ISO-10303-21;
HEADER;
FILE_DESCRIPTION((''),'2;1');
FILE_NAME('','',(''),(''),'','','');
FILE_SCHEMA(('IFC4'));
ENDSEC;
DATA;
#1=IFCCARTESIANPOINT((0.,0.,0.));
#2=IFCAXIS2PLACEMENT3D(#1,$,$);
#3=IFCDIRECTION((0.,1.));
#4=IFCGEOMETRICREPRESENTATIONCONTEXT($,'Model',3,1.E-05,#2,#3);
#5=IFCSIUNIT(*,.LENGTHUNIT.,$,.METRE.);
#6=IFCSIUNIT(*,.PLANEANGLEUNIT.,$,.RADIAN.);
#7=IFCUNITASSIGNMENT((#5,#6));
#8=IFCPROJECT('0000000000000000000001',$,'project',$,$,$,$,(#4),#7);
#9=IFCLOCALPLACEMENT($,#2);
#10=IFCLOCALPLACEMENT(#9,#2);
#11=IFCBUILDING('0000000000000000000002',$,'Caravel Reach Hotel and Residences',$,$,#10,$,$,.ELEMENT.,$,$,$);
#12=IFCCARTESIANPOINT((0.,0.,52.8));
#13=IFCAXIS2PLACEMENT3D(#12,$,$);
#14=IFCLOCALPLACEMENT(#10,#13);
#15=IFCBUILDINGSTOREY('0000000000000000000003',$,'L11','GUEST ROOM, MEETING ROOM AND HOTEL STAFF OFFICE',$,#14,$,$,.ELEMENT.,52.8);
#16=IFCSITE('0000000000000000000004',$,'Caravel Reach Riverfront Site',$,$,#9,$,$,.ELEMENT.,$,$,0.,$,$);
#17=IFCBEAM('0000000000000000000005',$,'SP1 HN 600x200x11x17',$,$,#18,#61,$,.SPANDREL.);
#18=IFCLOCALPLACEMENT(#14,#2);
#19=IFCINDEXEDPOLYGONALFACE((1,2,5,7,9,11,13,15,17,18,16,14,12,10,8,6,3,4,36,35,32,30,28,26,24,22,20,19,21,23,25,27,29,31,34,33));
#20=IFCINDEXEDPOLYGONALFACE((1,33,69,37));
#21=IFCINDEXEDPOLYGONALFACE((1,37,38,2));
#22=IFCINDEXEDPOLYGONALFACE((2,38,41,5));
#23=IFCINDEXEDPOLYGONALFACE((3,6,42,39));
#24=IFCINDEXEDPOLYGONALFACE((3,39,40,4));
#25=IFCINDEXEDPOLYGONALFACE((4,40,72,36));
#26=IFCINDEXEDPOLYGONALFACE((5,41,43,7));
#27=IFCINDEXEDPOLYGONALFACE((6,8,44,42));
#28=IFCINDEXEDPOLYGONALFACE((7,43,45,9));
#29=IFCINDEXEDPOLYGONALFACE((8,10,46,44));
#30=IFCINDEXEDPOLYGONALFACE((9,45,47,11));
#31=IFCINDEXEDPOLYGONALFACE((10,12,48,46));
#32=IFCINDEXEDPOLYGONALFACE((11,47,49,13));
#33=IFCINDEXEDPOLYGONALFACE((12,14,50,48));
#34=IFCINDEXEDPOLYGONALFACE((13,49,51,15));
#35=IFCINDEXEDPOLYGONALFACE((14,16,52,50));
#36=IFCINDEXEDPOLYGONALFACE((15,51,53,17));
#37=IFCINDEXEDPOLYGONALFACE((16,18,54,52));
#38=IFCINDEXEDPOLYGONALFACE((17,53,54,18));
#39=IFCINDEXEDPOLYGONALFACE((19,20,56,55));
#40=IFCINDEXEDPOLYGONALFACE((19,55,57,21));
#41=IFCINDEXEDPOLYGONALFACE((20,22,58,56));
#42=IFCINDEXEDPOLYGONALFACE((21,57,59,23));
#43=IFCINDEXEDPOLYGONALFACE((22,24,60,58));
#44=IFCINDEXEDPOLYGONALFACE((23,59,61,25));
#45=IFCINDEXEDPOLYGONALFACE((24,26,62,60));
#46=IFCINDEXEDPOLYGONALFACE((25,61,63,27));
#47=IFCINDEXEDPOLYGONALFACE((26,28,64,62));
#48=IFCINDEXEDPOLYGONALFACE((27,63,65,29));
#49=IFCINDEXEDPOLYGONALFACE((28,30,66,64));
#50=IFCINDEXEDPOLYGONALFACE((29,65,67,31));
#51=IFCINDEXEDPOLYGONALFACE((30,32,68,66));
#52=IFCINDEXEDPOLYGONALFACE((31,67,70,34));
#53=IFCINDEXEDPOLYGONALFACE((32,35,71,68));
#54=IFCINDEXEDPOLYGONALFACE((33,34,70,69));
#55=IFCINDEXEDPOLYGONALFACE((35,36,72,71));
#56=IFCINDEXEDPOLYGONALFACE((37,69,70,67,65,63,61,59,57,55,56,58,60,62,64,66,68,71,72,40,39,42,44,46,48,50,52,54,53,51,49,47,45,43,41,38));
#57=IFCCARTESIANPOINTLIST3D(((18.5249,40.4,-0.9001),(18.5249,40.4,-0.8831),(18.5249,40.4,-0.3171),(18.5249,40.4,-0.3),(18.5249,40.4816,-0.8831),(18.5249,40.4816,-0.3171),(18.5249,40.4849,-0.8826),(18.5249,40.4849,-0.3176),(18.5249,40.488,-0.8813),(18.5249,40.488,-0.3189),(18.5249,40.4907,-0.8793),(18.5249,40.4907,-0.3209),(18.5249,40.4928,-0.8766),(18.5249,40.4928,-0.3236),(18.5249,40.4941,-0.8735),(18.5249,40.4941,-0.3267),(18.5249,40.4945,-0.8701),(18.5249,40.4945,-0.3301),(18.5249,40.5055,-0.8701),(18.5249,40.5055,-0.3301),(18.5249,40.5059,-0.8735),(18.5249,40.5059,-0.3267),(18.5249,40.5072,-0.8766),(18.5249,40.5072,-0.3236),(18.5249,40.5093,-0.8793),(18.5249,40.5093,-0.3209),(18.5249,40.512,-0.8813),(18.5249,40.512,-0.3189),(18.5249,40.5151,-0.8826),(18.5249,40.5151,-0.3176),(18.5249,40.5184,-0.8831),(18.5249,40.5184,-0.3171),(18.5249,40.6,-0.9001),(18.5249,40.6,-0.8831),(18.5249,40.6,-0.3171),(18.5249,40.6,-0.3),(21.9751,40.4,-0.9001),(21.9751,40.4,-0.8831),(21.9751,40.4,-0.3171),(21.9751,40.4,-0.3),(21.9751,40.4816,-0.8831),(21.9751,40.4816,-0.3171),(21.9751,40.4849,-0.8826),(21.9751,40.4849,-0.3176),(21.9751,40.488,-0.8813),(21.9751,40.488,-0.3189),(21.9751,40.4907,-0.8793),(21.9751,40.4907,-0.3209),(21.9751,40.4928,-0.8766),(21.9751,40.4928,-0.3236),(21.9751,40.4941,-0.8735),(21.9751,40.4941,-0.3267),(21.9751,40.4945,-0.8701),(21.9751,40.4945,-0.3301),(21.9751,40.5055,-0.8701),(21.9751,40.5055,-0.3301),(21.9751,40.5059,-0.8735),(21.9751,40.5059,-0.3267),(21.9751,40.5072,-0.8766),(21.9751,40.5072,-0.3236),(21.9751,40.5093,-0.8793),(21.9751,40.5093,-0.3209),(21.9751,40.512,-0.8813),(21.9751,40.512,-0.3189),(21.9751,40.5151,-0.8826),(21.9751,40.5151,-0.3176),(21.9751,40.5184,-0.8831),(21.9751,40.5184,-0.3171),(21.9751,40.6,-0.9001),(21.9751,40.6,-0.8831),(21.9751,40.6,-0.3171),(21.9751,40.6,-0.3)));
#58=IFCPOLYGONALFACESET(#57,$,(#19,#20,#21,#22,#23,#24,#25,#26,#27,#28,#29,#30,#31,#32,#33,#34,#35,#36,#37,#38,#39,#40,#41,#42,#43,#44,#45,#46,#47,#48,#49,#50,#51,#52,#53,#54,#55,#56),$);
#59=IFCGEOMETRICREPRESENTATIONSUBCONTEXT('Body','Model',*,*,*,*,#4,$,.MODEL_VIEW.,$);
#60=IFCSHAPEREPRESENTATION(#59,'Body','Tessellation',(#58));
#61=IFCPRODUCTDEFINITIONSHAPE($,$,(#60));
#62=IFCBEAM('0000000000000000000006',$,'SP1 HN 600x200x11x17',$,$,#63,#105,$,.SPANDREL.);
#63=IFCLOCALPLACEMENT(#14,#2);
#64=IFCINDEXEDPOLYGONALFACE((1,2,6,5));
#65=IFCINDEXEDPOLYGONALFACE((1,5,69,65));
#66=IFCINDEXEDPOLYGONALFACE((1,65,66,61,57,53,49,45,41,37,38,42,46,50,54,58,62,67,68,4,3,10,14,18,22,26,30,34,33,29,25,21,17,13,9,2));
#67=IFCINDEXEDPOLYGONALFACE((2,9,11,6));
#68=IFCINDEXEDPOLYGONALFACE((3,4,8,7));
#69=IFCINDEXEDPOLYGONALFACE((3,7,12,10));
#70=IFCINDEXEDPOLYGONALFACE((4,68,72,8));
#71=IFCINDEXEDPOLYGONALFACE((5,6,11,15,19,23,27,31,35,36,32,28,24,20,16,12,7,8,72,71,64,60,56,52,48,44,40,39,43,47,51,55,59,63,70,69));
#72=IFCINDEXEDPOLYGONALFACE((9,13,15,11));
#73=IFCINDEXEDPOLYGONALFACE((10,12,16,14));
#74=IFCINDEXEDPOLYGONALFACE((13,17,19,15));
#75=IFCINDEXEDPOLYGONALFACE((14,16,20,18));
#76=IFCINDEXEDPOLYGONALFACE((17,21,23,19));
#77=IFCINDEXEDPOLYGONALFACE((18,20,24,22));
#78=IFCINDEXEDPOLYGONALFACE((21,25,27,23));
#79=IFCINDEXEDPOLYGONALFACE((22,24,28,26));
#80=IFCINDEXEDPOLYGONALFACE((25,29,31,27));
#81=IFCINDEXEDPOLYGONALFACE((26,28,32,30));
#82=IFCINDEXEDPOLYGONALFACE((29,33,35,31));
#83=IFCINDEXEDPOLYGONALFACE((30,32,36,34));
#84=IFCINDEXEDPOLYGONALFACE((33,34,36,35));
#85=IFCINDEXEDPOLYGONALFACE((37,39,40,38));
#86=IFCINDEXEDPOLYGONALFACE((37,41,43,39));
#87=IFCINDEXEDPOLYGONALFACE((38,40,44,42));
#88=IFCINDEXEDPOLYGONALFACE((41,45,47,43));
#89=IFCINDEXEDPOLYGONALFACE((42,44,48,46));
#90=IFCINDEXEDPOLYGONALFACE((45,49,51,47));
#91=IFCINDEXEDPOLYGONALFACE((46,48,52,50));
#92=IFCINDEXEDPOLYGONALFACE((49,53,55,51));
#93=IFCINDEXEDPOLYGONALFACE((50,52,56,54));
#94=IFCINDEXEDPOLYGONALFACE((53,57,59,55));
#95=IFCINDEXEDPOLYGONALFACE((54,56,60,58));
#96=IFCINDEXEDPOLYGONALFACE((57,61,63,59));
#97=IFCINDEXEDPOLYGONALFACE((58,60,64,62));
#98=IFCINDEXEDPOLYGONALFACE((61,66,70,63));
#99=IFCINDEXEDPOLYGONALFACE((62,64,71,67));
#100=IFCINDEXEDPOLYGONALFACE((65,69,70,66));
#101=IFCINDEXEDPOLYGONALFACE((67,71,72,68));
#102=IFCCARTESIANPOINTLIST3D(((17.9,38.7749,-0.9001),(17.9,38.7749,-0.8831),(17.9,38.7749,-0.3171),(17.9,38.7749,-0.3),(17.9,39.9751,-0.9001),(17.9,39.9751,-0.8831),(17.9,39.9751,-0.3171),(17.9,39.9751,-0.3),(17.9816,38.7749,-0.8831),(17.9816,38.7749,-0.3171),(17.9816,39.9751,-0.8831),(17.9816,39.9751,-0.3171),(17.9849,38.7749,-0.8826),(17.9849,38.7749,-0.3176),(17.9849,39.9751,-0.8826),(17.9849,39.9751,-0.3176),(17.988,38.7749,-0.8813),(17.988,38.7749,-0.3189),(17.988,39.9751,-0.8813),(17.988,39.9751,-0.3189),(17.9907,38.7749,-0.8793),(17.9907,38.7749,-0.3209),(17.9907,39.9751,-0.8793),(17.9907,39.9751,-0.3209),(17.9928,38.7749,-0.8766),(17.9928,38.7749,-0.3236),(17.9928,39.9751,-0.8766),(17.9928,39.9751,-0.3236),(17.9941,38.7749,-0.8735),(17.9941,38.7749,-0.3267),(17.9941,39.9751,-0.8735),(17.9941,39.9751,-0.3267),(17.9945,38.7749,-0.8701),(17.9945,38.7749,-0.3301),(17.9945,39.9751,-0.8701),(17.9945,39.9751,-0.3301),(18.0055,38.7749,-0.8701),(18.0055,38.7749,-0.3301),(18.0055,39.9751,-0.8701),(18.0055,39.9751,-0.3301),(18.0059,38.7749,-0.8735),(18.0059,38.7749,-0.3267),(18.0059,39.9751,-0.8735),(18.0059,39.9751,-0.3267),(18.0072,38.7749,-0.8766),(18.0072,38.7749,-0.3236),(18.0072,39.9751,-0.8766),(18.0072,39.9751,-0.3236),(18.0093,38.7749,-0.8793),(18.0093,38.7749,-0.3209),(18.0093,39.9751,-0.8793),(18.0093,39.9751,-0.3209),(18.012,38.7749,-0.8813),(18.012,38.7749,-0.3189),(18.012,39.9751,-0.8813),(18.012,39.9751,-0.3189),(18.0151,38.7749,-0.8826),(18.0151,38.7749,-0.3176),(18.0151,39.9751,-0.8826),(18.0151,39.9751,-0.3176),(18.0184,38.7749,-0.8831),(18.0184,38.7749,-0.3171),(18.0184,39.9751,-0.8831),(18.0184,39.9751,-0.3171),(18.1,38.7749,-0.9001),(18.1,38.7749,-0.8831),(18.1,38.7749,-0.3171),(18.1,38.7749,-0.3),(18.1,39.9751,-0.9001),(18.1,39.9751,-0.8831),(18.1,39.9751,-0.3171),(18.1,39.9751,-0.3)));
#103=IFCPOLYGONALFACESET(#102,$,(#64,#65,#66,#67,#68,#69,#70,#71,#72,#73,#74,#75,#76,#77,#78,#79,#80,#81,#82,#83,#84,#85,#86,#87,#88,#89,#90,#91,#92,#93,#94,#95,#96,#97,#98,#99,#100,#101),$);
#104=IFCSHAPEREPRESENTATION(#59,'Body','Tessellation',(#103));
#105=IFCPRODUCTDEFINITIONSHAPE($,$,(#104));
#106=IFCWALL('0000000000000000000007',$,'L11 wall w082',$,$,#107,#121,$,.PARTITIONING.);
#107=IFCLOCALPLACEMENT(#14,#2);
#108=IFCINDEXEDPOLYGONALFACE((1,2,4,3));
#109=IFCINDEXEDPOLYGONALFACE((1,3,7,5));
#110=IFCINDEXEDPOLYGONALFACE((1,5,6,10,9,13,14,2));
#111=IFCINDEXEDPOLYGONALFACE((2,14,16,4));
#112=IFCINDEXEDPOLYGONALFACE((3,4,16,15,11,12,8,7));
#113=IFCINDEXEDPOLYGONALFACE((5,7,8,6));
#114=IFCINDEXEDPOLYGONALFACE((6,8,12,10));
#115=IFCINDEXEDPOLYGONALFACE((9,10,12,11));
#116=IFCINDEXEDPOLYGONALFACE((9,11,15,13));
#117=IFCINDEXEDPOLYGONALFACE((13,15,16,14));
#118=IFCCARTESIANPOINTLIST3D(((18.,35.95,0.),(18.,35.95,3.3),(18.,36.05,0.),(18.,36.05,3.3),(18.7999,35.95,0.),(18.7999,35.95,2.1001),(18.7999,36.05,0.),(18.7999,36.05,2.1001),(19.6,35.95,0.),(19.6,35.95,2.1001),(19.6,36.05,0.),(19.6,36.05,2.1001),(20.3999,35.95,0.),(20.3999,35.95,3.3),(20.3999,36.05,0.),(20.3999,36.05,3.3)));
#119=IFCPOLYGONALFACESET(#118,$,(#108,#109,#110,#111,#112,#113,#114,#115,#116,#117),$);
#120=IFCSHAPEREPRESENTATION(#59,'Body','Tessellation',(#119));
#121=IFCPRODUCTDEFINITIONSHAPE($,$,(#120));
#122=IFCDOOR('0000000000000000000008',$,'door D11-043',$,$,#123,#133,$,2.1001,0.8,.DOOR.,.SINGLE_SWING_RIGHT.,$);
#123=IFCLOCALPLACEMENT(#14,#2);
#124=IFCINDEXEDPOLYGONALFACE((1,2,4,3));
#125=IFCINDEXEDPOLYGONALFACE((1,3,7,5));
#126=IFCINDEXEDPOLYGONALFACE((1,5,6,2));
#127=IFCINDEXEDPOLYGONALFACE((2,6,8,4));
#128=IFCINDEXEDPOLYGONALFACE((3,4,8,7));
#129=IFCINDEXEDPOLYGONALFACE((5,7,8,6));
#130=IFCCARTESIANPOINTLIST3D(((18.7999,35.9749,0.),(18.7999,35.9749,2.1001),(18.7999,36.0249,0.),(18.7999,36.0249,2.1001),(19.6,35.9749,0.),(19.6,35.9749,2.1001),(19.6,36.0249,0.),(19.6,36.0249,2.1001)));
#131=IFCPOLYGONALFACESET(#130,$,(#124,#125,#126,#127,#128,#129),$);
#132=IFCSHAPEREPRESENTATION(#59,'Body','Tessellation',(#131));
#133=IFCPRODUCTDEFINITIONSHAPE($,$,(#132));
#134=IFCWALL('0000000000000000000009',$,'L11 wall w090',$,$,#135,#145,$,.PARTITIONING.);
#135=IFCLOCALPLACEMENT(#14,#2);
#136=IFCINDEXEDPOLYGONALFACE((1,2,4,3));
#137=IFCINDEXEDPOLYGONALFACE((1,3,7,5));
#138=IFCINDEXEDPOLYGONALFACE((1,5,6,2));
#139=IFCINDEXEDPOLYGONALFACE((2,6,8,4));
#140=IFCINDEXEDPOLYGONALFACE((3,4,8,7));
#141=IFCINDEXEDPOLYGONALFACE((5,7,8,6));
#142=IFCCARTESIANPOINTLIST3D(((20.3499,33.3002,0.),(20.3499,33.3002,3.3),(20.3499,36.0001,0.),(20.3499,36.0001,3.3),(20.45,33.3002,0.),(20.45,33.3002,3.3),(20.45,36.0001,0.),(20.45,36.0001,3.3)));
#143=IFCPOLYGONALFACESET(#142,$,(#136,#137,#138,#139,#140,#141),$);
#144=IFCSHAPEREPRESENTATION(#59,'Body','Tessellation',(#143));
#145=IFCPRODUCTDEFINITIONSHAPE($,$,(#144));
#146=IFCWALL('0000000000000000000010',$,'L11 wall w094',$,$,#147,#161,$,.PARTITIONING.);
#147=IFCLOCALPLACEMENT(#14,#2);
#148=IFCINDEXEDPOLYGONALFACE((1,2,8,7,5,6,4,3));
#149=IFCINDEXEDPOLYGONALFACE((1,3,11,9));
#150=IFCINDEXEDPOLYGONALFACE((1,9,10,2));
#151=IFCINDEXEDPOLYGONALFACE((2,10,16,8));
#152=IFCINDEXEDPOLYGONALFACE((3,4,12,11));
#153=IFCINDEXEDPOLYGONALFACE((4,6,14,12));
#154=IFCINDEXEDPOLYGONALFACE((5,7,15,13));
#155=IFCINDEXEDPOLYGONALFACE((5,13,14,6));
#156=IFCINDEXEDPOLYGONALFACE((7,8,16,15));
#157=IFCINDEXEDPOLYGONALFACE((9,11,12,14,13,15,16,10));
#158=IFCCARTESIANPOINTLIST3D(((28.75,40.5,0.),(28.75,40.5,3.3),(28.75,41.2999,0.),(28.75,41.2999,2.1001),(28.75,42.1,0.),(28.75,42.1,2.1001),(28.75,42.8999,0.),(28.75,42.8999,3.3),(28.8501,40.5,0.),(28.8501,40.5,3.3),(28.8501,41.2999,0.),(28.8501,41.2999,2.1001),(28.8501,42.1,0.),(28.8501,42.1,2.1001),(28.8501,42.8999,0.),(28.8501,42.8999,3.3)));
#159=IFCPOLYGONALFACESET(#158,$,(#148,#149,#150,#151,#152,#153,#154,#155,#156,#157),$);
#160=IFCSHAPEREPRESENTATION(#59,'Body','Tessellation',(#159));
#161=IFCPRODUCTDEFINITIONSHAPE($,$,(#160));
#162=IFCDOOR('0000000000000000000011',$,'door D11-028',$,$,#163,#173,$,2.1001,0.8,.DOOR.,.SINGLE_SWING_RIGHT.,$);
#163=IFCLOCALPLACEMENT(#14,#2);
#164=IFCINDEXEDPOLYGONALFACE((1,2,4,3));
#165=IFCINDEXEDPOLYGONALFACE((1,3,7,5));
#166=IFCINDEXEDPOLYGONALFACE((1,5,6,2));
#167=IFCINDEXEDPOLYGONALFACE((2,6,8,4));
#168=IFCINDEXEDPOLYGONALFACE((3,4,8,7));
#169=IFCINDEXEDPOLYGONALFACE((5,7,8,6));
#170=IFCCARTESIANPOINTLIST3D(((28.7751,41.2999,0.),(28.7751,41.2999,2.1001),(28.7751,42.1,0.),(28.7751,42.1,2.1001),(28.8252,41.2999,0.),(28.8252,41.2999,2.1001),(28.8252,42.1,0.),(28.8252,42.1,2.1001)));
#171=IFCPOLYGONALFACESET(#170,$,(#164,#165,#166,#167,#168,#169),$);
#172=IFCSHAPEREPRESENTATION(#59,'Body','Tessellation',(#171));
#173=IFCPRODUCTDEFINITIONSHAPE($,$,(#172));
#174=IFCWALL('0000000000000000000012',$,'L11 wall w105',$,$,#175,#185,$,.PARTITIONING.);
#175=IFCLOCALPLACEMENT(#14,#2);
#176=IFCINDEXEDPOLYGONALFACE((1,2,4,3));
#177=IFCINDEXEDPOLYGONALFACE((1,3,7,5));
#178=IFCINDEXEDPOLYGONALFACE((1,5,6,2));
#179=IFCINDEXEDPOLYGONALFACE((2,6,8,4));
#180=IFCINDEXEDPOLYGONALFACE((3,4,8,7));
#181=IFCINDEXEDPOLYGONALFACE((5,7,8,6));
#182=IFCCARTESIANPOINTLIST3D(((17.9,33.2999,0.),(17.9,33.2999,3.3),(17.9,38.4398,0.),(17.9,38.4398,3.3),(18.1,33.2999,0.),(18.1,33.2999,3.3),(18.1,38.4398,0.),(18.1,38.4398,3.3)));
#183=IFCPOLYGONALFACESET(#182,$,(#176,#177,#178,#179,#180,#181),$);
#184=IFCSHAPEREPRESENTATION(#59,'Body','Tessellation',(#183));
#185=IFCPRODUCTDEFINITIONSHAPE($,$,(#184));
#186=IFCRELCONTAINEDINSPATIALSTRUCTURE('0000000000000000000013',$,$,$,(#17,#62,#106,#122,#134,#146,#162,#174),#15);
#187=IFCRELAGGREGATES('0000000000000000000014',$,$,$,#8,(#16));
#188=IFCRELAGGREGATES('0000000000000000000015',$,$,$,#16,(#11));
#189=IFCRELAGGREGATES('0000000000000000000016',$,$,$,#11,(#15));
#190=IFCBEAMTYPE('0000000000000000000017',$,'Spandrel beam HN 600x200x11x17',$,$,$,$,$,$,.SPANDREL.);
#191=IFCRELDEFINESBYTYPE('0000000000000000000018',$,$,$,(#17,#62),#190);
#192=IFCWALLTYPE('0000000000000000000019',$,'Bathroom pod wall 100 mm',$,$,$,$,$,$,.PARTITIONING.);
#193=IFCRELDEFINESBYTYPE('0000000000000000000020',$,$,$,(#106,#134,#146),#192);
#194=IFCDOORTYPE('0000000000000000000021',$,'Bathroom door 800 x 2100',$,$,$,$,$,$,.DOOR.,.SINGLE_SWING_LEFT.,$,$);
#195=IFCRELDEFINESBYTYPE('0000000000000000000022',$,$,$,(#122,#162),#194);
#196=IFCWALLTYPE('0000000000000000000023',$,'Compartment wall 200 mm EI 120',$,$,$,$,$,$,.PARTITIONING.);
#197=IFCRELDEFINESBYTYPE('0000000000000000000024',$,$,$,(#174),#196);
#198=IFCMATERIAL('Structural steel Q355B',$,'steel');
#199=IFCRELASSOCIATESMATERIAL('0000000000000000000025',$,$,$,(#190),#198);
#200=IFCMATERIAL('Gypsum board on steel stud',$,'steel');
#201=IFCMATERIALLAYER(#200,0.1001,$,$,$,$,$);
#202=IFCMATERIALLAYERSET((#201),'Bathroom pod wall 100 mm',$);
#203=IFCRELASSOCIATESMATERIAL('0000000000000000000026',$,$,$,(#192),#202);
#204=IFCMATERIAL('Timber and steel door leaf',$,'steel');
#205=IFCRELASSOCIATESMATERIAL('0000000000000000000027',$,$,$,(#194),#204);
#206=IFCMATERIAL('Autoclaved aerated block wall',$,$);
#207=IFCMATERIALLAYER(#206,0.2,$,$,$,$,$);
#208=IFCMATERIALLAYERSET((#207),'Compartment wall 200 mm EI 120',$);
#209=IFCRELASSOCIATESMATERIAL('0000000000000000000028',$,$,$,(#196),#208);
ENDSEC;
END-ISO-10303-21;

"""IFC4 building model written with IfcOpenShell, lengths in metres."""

from ifc_helpers import new_model, si_unit, direction, frame, frame_2d, origin, origin_2d, place, context, subcontext, project, spatial, rectangle, i_section, extrude, material, layer, layer_set, material_profile, profile_set, type_object, element, fill, save


model = new_model("IFC4")

# Units and contexts
model_context = context("Model", 3, precision=1e-05, world=origin(), true_north=direction((0.0, 1.0)))
body_context = subcontext(model_context, "Body", "Model", "MODEL_VIEW")
ifc_project = project(units=[si_unit("LENGTHUNIT", "METRE"), si_unit("PLANEANGLEUNIT", "RADIAN")], contexts=[model_context])

# Site, building, storey
site_placement = place(None, origin())
site = spatial("IfcSite", under=ifc_project, at=site_placement, Name="Caravel Reach Riverfront Site", CompositionType="ELEMENT", RefElevation=0.0)
building_placement = place(site_placement, origin())
building = spatial("IfcBuilding", under=site, at=building_placement, Name="Caravel Reach Hotel and Residences", CompositionType="ELEMENT")
storey_placement = place(building_placement, frame((0.0, 0.0, 52.8)))
storey = spatial("IfcBuildingStorey", under=building, at=storey_placement, Name="L11", Description="GUEST ROOM, MEETING ROOM AND HOTEL STAFF OFFICE", CompositionType="ELEMENT", Elevation=52.8)

# Beams
ifc_material_1 = material(Name="Structural steel Q355B", Category="steel")
ifc_material_profile_1 = material_profile(ifc_material_1, i_section(OverallWidth=0.2, OverallDepth=0.6001, WebThickness=0.011, FlangeThickness=0.0171, FilletRadius=0.0129, at=origin_2d()), Name="HN 600x200x11x17")
ifc_profile_set_1 = profile_set([ifc_material_profile_1], Name="Structural steel Q355B")
beam_type_1 = type_object("IfcBeamType", Name="Spandrel beam HN 600x200x11x17", PredefinedType="SPANDREL", material=ifc_profile_set_1)
beam_1_placement = place(storey_placement, frame((21.9751, 40.5, -0.6001), z_axis=(-1.0, 0.0, 0.0), x_axis=(0.0, -1.0, 0.0)))
element("IfcBeam", 1, at=beam_1_placement, inside=storey, type_object=beam_type_1, Name="SP1 HN 600x200x11x17", PredefinedType="SPANDREL", context=body_context, shape_type="SweptSolid", body=[
    extrude(i_section(OverallWidth=0.2, OverallDepth=0.6001, WebThickness=0.011, FlangeThickness=0.0171, FilletRadius=0.0129, at=origin_2d()), origin(), (0.0, 0.0, 1.0), 3.4502),
])
beam_2_placement = place(storey_placement, frame((18.0, 39.9751, -0.6001), z_axis=(0.0, -1.0, 0.0), x_axis=(1.0, 0.0, 0.0)))
element("IfcBeam", 2, at=beam_2_placement, inside=storey, type_object=beam_type_1, Name="SP1 HN 600x200x11x17", PredefinedType="SPANDREL", context=body_context, shape_type="SweptSolid", body=[
    extrude(i_section(OverallWidth=0.2, OverallDepth=0.6001, WebThickness=0.011, FlangeThickness=0.0171, FilletRadius=0.0129, at=origin_2d()), origin(), (0.0, 0.0, 1.0), 1.2002),
])

# Wall, opening, door
ifc_material_2 = material(Name="Gypsum board on steel stud", Category="steel")
ifc_layer_1 = layer(ifc_material_2, 0.1001)
ifc_layer_set_1 = layer_set([ifc_layer_1], Name="Bathroom pod wall 100 mm")
wall_type_1 = type_object("IfcWallType", Name="Bathroom pod wall 100 mm", PredefinedType="PARTITIONING", material=ifc_layer_set_1)
wall_1_placement = place(storey_placement, frame((18.0, 36.0, 0.0), z_axis=(0.0, 0.0, 1.0), x_axis=(1.0, 0.0, 0.0)))
wall_1 = element("IfcWall", 3, at=wall_1_placement, inside=storey, type_object=wall_type_1, Name="L11 wall w082", PredefinedType="PARTITIONING", context=body_context, shape_type="SweptSolid", body=[
    extrude(rectangle(XDim=2.3999, YDim=0.1001, at=frame_2d((1.2, 0.0))), origin(), (0.0, 0.0, 1.0), 3.3),
])
opening_1_placement = place(wall_1_placement, frame((0.8, 0.0, 0.0)))
opening_1 = element("IfcOpeningElement", 4, at=opening_1_placement, cuts=wall_1, PredefinedType="OPENING", context=body_context, shape_type="SweptSolid", body=[
    extrude(rectangle(XDim=0.8, YDim=2.1001, at=frame_2d((0.3999, 1.05))), frame((0.0, 0.0601, 0.0), z_axis=(0.0, -1.0, 0.0), x_axis=(1.0, 0.0, 0.0)), (0.0, 0.0, 1.0), 0.1201),
])
ifc_material_3 = material(Name="Timber and steel door leaf", Category="steel")
door_type = type_object("IfcDoorType", Name="Bathroom door 800 x 2100", OperationType="SINGLE_SWING_LEFT", PredefinedType="DOOR", material=ifc_material_3)
door_1_placement = place(opening_1_placement, origin())
door_1 = element("IfcDoor", 5, at=door_1_placement, inside=storey, type_object=door_type, Name="door D11-043", OperationType="SINGLE_SWING_RIGHT", OverallHeight=2.1001, OverallWidth=0.8, PredefinedType="DOOR", context=body_context, shape_type="SweptSolid", body=[
    extrude(rectangle(XDim=0.8, YDim=2.1001, at=frame_2d((0.3999, 1.05))), frame((0.0, 0.0249, 0.0), z_axis=(0.0, -1.0, 0.0), x_axis=(1.0, 0.0, 0.0)), (0.0, 0.0, 1.0), 0.05),
])
fill(opening_1, door_1)

# Wall
wall_2_placement = place(storey_placement, frame((20.3999, 33.3, 0.0), z_axis=(0.0, 0.0, 1.0), x_axis=(0.0, 1.0, 0.0)))
element("IfcWall", 6, at=wall_2_placement, inside=storey, type_object=wall_type_1, Name="L11 wall w090", PredefinedType="PARTITIONING", context=body_context, shape_type="SweptSolid", body=[
    extrude(rectangle(XDim=2.7, YDim=0.1001, at=frame_2d((1.3501, 0.0))), origin(), (0.0, 0.0, 1.0), 3.3),
])

# Wall, opening, door
wall_3_placement = place(storey_placement, frame((28.8, 40.5, 0.0), z_axis=(0.0, 0.0, 1.0), x_axis=(0.0, 1.0, 0.0)))
wall_3 = element("IfcWall", 7, at=wall_3_placement, inside=storey, type_object=wall_type_1, Name="L11 wall w094", PredefinedType="PARTITIONING", context=body_context, shape_type="SweptSolid", body=[
    extrude(rectangle(XDim=2.3999, YDim=0.1001, at=frame_2d((1.2, 0.0))), origin(), (0.0, 0.0, 1.0), 3.3),
])
opening_2_placement = place(wall_3_placement, frame((0.8, 0.0, 0.0)))
opening_2 = element("IfcOpeningElement", 8, at=opening_2_placement, cuts=wall_3, PredefinedType="OPENING", context=body_context, shape_type="SweptSolid", body=[
    extrude(rectangle(XDim=0.8, YDim=2.1001, at=frame_2d((0.3999, 1.05))), frame((0.0, 0.0601, 0.0), z_axis=(0.0, -1.0, 0.0), x_axis=(1.0, 0.0, 0.0)), (0.0, 0.0, 1.0), 0.1201),
])
door_2_placement = place(opening_2_placement, origin())
door_2 = element("IfcDoor", 9, at=door_2_placement, inside=storey, type_object=door_type, Name="door D11-028", OperationType="SINGLE_SWING_RIGHT", OverallHeight=2.1001, OverallWidth=0.8, PredefinedType="DOOR", context=body_context, shape_type="SweptSolid", body=[
    extrude(rectangle(XDim=0.8, YDim=2.1001, at=frame_2d((0.3999, 1.05))), frame((0.0, 0.0249, 0.0), z_axis=(0.0, -1.0, 0.0), x_axis=(1.0, 0.0, 0.0)), (0.0, 0.0, 1.0), 0.05),
])
fill(opening_2, door_2)

# Wall
ifc_material_4 = material(Name="Autoclaved aerated block wall")
ifc_layer_2 = layer(ifc_material_4, 0.2)
ifc_layer_set_2 = layer_set([ifc_layer_2], Name="Compartment wall 200 mm EI 120")
wall_type_2 = type_object("IfcWallType", Name="Compartment wall 200 mm EI 120", PredefinedType="PARTITIONING", material=ifc_layer_set_2)
wall_4_placement = place(storey_placement, frame((18.0, 33.3, 0.0), z_axis=(0.0, 0.0, 1.0), x_axis=(0.0, 1.0, 0.0)))
element("IfcWall", 10, at=wall_4_placement, inside=storey, type_object=wall_type_2, Name="L11 wall w105", PredefinedType="PARTITIONING", context=body_context, shape_type="SweptSolid", body=[
    extrude(rectangle(XDim=5.1399, YDim=0.2, at=frame_2d((2.5698, 0.0))), origin(), (0.0, 0.0, 1.0), 3.3),
])

save(model, "model.ifc")
